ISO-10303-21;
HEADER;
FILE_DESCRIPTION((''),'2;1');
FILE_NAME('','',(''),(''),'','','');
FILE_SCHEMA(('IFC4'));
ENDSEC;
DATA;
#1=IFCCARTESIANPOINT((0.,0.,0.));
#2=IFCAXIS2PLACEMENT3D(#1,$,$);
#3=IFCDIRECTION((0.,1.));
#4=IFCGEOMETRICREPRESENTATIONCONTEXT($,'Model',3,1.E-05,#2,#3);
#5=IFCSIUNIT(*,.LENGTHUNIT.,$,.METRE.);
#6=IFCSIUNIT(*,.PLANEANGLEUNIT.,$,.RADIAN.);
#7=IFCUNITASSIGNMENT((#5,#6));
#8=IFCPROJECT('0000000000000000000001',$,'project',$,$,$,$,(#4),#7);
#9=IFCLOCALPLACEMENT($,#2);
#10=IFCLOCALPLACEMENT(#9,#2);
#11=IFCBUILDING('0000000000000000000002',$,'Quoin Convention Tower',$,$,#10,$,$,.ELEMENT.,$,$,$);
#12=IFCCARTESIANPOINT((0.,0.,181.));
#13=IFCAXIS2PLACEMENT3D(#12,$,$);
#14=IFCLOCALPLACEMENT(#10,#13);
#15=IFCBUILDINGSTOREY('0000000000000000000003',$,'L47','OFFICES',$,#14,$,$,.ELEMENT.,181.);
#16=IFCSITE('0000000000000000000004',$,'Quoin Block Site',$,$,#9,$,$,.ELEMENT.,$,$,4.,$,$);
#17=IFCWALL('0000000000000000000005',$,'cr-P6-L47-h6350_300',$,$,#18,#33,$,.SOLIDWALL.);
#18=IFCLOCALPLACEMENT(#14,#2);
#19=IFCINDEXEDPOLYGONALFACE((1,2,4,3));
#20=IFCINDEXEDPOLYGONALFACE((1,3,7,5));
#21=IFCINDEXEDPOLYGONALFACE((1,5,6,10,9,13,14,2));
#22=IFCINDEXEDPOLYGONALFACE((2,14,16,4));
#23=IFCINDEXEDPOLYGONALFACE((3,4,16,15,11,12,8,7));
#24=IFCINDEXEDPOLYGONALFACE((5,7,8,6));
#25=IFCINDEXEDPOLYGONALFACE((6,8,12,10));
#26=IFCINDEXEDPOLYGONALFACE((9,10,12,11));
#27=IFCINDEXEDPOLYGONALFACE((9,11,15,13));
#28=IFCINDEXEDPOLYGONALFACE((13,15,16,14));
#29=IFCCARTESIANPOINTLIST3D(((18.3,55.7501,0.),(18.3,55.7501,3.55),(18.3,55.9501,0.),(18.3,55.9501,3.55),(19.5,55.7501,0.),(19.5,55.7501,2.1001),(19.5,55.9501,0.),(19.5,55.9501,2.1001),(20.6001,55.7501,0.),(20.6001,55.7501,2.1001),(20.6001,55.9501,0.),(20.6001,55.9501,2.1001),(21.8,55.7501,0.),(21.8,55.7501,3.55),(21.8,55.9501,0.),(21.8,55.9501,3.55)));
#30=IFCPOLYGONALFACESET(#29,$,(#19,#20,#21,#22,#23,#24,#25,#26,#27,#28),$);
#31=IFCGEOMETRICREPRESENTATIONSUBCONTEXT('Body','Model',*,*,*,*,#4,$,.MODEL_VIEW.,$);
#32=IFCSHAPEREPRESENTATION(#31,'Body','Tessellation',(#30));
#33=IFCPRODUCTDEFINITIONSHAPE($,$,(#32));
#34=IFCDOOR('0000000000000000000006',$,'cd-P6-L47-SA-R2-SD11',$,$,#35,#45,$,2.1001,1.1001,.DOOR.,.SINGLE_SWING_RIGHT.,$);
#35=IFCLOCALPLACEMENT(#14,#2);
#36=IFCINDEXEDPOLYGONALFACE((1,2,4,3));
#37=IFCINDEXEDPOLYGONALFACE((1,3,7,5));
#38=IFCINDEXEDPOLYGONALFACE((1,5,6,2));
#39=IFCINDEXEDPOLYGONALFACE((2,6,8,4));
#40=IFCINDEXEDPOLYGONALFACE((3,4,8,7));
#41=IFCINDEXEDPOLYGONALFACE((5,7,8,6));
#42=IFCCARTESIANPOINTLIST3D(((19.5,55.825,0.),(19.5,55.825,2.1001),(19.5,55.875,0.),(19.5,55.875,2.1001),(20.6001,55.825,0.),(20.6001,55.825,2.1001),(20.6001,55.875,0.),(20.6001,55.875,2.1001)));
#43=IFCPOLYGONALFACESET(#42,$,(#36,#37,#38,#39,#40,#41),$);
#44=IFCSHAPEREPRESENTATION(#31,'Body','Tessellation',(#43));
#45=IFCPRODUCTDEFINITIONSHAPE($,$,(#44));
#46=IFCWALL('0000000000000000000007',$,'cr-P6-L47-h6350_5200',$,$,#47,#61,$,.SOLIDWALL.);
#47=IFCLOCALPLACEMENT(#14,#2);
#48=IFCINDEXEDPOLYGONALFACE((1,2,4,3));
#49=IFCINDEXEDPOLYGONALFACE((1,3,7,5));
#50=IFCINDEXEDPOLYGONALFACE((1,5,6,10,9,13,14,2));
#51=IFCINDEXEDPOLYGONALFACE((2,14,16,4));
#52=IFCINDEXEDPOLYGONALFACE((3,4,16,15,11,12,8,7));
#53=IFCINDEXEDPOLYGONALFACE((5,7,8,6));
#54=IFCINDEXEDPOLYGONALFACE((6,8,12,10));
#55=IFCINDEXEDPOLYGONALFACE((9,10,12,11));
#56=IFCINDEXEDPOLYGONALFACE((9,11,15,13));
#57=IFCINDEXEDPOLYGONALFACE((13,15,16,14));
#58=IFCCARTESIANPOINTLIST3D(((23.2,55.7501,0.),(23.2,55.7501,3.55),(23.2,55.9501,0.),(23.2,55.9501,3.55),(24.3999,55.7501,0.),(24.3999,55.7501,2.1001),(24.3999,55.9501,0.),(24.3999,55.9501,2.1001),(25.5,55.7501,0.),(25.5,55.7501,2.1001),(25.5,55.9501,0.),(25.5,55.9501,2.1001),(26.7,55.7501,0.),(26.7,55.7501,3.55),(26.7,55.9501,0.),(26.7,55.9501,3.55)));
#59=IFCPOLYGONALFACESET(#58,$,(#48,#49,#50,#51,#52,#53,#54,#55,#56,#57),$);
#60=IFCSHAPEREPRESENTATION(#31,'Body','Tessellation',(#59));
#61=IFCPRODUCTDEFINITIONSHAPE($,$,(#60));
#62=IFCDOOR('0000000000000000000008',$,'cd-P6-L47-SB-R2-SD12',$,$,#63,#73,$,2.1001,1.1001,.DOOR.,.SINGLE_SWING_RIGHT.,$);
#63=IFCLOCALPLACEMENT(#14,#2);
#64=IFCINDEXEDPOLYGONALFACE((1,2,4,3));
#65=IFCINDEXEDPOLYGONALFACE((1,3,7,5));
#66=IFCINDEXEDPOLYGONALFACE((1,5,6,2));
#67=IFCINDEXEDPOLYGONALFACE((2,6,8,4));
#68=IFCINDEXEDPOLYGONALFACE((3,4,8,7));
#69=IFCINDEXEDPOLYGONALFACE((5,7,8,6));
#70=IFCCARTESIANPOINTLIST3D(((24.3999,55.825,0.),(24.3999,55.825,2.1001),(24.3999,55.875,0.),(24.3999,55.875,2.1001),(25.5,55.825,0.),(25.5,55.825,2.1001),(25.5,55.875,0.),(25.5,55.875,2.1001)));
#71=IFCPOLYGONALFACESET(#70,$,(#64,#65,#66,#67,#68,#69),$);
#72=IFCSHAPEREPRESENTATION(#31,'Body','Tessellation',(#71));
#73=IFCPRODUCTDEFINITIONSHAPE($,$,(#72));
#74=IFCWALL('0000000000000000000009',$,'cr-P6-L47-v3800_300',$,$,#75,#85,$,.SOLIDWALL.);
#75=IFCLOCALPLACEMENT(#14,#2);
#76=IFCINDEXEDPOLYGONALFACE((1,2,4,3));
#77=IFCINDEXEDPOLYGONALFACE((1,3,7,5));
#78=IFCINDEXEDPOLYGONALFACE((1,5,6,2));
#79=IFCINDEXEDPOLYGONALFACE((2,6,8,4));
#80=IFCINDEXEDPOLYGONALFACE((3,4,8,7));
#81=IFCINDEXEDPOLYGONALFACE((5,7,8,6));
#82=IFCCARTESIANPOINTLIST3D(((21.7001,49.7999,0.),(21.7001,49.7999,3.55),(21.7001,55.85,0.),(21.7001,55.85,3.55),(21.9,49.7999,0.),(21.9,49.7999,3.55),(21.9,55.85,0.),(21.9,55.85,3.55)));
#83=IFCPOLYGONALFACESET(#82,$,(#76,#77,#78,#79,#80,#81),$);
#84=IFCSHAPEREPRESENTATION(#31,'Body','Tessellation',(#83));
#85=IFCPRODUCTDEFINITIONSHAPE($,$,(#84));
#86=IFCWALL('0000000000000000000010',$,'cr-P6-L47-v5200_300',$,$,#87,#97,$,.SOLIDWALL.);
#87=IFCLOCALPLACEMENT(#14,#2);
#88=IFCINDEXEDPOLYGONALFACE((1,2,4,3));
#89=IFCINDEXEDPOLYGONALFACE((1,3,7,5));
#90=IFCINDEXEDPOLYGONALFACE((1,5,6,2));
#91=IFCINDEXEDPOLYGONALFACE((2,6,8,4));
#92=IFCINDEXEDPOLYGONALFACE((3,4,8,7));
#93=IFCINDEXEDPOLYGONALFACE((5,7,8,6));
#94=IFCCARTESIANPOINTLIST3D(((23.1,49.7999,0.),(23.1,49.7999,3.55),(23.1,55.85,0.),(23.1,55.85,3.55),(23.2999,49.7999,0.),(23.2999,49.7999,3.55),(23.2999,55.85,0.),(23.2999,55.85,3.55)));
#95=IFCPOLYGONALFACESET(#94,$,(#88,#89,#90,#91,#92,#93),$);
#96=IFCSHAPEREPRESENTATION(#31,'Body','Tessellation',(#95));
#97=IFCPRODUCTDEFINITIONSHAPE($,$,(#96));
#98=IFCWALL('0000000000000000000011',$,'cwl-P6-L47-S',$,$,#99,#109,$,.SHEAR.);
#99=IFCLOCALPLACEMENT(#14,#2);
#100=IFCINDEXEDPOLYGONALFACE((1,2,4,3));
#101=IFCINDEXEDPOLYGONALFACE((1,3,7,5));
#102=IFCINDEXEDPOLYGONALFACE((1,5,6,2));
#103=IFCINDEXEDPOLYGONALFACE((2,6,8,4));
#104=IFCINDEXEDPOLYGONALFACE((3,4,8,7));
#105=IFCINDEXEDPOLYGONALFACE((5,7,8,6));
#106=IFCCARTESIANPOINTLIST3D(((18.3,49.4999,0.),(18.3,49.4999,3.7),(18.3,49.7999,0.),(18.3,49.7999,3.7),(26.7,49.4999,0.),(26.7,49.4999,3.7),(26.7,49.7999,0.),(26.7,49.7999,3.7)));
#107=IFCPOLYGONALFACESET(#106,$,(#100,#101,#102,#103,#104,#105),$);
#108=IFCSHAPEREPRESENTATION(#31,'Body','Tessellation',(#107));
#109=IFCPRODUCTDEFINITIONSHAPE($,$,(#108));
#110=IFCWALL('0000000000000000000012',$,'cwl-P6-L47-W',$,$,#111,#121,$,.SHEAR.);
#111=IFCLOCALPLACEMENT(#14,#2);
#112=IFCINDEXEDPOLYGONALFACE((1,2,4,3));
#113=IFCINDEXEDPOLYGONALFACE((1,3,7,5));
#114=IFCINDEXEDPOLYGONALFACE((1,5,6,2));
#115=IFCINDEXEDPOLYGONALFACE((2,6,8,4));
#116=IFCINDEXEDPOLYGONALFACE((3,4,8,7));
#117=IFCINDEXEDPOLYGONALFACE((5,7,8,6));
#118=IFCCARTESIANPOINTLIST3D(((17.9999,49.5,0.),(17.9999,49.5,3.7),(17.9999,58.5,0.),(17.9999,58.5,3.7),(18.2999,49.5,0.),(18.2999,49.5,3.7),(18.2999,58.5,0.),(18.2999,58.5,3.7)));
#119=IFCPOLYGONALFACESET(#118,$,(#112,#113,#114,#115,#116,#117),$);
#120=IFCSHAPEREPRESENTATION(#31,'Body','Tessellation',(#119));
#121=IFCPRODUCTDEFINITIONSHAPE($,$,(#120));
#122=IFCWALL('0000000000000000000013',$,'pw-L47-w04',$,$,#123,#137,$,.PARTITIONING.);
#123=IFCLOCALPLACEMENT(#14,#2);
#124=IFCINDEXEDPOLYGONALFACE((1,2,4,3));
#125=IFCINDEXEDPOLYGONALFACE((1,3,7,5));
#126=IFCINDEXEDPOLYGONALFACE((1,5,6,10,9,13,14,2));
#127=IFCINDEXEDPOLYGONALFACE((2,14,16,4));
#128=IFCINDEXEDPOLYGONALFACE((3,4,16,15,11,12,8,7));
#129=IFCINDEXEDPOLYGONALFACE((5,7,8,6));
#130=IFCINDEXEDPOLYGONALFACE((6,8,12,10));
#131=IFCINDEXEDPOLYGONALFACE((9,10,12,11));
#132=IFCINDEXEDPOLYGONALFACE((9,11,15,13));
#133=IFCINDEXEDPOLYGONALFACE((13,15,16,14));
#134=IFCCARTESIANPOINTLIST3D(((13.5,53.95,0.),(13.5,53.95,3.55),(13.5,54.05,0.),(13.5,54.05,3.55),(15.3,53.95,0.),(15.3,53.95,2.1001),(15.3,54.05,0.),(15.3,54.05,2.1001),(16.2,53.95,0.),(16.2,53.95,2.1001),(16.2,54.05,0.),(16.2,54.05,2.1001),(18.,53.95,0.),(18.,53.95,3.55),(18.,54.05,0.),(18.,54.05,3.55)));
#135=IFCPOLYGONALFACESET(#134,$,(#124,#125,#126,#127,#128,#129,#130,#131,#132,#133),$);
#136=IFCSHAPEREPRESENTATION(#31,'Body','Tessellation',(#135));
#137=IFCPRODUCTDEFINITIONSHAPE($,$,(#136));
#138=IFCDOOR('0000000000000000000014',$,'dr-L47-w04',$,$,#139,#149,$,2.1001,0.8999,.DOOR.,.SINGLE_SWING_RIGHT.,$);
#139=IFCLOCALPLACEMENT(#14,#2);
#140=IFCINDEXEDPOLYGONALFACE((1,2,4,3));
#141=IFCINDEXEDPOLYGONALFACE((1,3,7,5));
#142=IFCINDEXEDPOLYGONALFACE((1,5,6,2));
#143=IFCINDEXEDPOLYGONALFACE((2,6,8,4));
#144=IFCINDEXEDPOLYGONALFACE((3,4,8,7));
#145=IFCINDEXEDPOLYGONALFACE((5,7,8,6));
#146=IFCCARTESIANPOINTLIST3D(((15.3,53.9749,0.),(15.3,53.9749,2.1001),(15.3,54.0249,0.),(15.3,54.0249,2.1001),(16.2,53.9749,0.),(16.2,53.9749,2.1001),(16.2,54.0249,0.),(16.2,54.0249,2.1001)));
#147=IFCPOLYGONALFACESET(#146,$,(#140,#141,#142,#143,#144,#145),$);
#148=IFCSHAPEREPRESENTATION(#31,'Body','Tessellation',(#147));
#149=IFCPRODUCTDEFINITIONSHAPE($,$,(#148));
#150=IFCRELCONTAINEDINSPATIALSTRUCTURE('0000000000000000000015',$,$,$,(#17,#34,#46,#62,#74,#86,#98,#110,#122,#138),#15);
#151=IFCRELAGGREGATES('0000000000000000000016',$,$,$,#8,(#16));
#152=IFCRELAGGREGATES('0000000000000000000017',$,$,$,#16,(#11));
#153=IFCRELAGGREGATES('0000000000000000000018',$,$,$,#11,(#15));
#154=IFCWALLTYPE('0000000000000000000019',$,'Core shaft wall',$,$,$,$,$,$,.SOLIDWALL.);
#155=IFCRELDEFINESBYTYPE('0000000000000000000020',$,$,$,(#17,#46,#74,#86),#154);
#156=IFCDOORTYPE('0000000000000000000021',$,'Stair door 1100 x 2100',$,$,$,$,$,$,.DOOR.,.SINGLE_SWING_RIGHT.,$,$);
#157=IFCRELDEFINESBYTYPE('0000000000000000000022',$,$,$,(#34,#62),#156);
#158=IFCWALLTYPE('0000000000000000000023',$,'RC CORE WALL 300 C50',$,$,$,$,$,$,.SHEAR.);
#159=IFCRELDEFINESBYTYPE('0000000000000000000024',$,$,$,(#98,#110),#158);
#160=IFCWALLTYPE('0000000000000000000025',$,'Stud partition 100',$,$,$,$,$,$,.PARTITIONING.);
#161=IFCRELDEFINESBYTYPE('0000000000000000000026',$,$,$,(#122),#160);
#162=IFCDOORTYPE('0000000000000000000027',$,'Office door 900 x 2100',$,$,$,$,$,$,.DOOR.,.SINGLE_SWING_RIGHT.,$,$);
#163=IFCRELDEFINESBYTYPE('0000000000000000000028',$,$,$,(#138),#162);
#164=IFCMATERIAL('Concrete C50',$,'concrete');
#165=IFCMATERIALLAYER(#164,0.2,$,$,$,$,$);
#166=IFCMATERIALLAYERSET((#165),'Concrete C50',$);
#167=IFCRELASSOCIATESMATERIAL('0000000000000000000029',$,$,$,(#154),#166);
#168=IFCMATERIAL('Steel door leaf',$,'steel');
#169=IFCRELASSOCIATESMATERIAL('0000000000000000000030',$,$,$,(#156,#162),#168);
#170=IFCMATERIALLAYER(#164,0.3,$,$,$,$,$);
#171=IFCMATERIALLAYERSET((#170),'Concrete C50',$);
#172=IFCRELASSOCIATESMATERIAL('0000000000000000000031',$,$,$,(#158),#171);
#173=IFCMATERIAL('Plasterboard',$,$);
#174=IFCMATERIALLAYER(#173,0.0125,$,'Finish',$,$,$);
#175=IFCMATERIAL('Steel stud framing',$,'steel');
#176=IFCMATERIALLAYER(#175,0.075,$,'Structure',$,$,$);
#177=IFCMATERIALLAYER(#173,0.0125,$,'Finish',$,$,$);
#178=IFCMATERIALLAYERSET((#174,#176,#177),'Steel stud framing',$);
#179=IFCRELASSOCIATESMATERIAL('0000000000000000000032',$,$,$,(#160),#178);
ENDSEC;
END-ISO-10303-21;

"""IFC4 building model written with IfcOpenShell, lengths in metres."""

from ifc_helpers import new_model, si_unit, direction, frame, frame_2d, origin, place, context, subcontext, project, spatial, rectangle, extrude, material, layer, layer_set, type_object, element, fill, save


model = new_model("IFC4")

# Units and contexts
model_context = context("Model", 3, precision=1e-05, world=origin(), true_north=direction((0.0, 1.0)))
body_context = subcontext(model_context, "Body", "Model", "MODEL_VIEW")
ifc_project = project(units=[si_unit("LENGTHUNIT", "METRE"), si_unit("PLANEANGLEUNIT", "RADIAN")], contexts=[model_context])

# Site, building, storey
site_placement = place(None, origin())
site = spatial("IfcSite", under=ifc_project, at=site_placement, Name="Quoin Block Site", CompositionType="ELEMENT", RefElevation=4.0)
building_placement = place(site_placement, origin())
building = spatial("IfcBuilding", under=site, at=building_placement, Name="Quoin Convention Tower", CompositionType="ELEMENT")
storey_placement = place(building_placement, frame((0.0, 0.0, 181.0)))
storey = spatial("IfcBuildingStorey", under=building, at=storey_placement, Name="L47", Description="OFFICES", CompositionType="ELEMENT", Elevation=181.0)

# Shared definitions
ifc_material_1 = material(Name="Concrete C50", Category="concrete")

# Shared definitions
ifc_layer_1 = layer(ifc_material_1, 0.2)
ifc_layer_set_1 = layer_set([ifc_layer_1], Name="Concrete C50")
wall_type_1 = type_object("IfcWallType", Name="Core shaft wall", PredefinedType="SOLIDWALL", material=ifc_layer_set_1)

# Walls, openings, doors
wall_1_placement = place(storey_placement, frame((18.3, 55.8501, 0.0), z_axis=(0.0, 0.0, 1.0), x_axis=(1.0, 0.0, 0.0)))
wall_1 = element("IfcWall", 1, at=wall_1_placement, inside=storey, type_object=wall_type_1, Name="cr-P6-L47-h6350_300", PredefinedType="SOLIDWALL", context=body_context, shape_type="SweptSolid", body=[
    extrude(rectangle(XDim=3.5, YDim=0.2, at=frame_2d((1.75, 0.0))), origin(), (0.0, 0.0, 1.0), 3.55),
])
opening_1_placement = place(wall_1_placement, frame((1.2, 0.0, 0.0)))
opening_1 = element("IfcOpeningElement", 2, at=opening_1_placement, cuts=wall_1, PredefinedType="OPENING", context=body_context, shape_type="SweptSolid", body=[
    extrude(rectangle(XDim=1.1001, YDim=2.1001, at=frame_2d((0.55, 1.05))), frame((0.0, 0.1099, 0.0), z_axis=(0.0, -1.0, 0.0), x_axis=(1.0, 0.0, 0.0)), (0.0, 0.0, 1.0), 0.22),
])
ifc_material_2 = material(Name="Steel door leaf", Category="steel")
door_type_1 = type_object("IfcDoorType", Name="Stair door 1100 x 2100", OperationType="SINGLE_SWING_RIGHT", PredefinedType="DOOR", material=ifc_material_2)
door_1_placement = place(opening_1_placement, origin())
door_1 = element("IfcDoor", 3, at=door_1_placement, inside=storey, type_object=door_type_1, Name="cd-P6-L47-SA-R2-SD11", OperationType="SINGLE_SWING_RIGHT", OverallHeight=2.1001, OverallWidth=1.1001, PredefinedType="DOOR", context=body_context, shape_type="SweptSolid", body=[
    extrude(rectangle(XDim=1.1001, YDim=2.1001, at=frame_2d((0.55, 1.05))), frame((0.0, 0.0249, 0.0), z_axis=(0.0, -1.0, 0.0), x_axis=(1.0, 0.0, 0.0)), (0.0, 0.0, 1.0), 0.05),
])
fill(opening_1, door_1)
wall_2_placement = place(storey_placement, frame((23.2, 55.8501, 0.0), z_axis=(0.0, 0.0, 1.0), x_axis=(1.0, 0.0, 0.0)))
wall_2 = element("IfcWall", 4, at=wall_2_placement, inside=storey, type_object=wall_type_1, Name="cr-P6-L47-h6350_5200", PredefinedType="SOLIDWALL", context=body_context, shape_type="SweptSolid", body=[
    extrude(rectangle(XDim=3.5, YDim=0.2, at=frame_2d((1.75, 0.0))), origin(), (0.0, 0.0, 1.0), 3.55),
])
opening_2_placement = place(wall_2_placement, frame((1.2, 0.0, 0.0)))
opening_2 = element("IfcOpeningElement", 5, at=opening_2_placement, cuts=wall_2, PredefinedType="OPENING", context=body_context, shape_type="SweptSolid", body=[
    extrude(rectangle(XDim=1.1001, YDim=2.1001, at=frame_2d((0.55, 1.05))), frame((0.0, 0.1099, 0.0), z_axis=(0.0, -1.0, 0.0), x_axis=(1.0, 0.0, 0.0)), (0.0, 0.0, 1.0), 0.22),
])
door_2_placement = place(opening_2_placement, origin())
door_2 = element("IfcDoor", 6, at=door_2_placement, inside=storey, type_object=door_type_1, Name="cd-P6-L47-SB-R2-SD12", OperationType="SINGLE_SWING_RIGHT", OverallHeight=2.1001, OverallWidth=1.1001, PredefinedType="DOOR", context=body_context, shape_type="SweptSolid", body=[
    extrude(rectangle(XDim=1.1001, YDim=2.1001, at=frame_2d((0.55, 1.05))), frame((0.0, 0.0249, 0.0), z_axis=(0.0, -1.0, 0.0), x_axis=(1.0, 0.0, 0.0)), (0.0, 0.0, 1.0), 0.05),
])
fill(opening_2, door_2)

# Walls
for number, where, z_axis, x_axis, name in (
    (7, (21.8, 49.8, 0.0), (0.0, 0.0, 1.0), (0.0, 1.0, 0.0), "cr-P6-L47-v3800_300"),
    (8, (23.2, 49.8, 0.0), (0.0, 0.0, 1.0), (0.0, 1.0, 0.0), "cr-P6-L47-v5200_300"),
):
    element("IfcWall", number, at=place(storey_placement, frame(where, z_axis=z_axis, x_axis=x_axis)), inside=storey, type_object=wall_type_1, Name=name, PredefinedType="SOLIDWALL", context=body_context, shape_type="SweptSolid", body=[
        extrude(rectangle(XDim=6.05, YDim=0.2, at=frame_2d((3.0249, 0.0))), origin(), (0.0, 0.0, 1.0), 3.55),
    ])
ifc_layer_2 = layer(ifc_material_1, 0.3)
ifc_layer_set_2 = layer_set([ifc_layer_2], Name="Concrete C50")
wall_type_2 = type_object("IfcWallType", Name="RC CORE WALL 300 C50", PredefinedType="SHEAR", material=ifc_layer_set_2)
wall_3_placement = place(storey_placement, frame((18.3, 49.6499, 0.0), z_axis=(0.0, 0.0, 1.0), x_axis=(1.0, 0.0, 0.0)))
element("IfcWall", 9, at=wall_3_placement, inside=storey, type_object=wall_type_2, Name="cwl-P6-L47-S", PredefinedType="SHEAR", context=body_context, shape_type="SweptSolid", body=[
    extrude(rectangle(XDim=8.3999, YDim=0.3, at=frame_2d((4.2, 0.0))), origin(), (0.0, 0.0, 1.0), 3.7),
])
wall_4_placement = place(storey_placement, frame((18.1499, 49.5, 0.0), z_axis=(0.0, 0.0, 1.0), x_axis=(0.0, 1.0, 0.0)))
element("IfcWall", 10, at=wall_4_placement, inside=storey, type_object=wall_type_2, Name="cwl-P6-L47-W", PredefinedType="SHEAR", context=body_context, shape_type="SweptSolid", body=[
    extrude(rectangle(XDim=9.0, YDim=0.3, at=frame_2d((4.5, 0.0))), origin(), (0.0, 0.0, 1.0), 3.7),
])

# Wall, opening, door
ifc_material_3 = material(Name="Plasterboard")
ifc_layer_3 = layer(ifc_material_3, 0.0125, Name="Finish")
ifc_material_4 = material(Name="Steel stud framing", Category="steel")
ifc_layer_4 = layer(ifc_material_4, 0.075, Name="Structure")
ifc_layer_5 = layer(ifc_material_3, 0.0125, Name="Finish")
ifc_layer_set_3 = layer_set([ifc_layer_3, ifc_layer_4, ifc_layer_5], Name="Steel stud framing")
wall_type_3 = type_object("IfcWallType", Name="Stud partition 100", PredefinedType="PARTITIONING", material=ifc_layer_set_3)
wall_5_placement = place(storey_placement, frame((13.5, 54.0, 0.0), z_axis=(0.0, 0.0, 1.0), x_axis=(1.0, 0.0, 0.0)))
wall_5 = element("IfcWall", 11, at=wall_5_placement, inside=storey, type_object=wall_type_3, Name="pw-L47-w04", PredefinedType="PARTITIONING", context=body_context, shape_type="SweptSolid", body=[
    extrude(rectangle(XDim=4.5, YDim=0.1001, at=frame_2d((2.25, 0.0))), origin(), (0.0, 0.0, 1.0), 3.55),
])
opening_3_placement = place(wall_5_placement, frame((1.8, 0.0, 0.0)))
opening_3 = element("IfcOpeningElement", 12, at=opening_3_placement, cuts=wall_5, PredefinedType="OPENING", context=body_context, shape_type="SweptSolid", body=[
    extrude(rectangle(XDim=0.8999, YDim=2.1001, at=frame_2d((0.45, 1.05))), frame((0.0, 0.0601, 0.0), z_axis=(0.0, -1.0, 0.0), x_axis=(1.0, 0.0, 0.0)), (0.0, 0.0, 1.0), 0.1201),
])
door_type_2 = type_object("IfcDoorType", Name="Office door 900 x 2100", OperationType="SINGLE_SWING_RIGHT", PredefinedType="DOOR", material=ifc_material_2)
door_3_placement = place(opening_3_placement, origin())
door_3 = element("IfcDoor", 13, at=door_3_placement, inside=storey, type_object=door_type_2, Name="dr-L47-w04", OperationType="SINGLE_SWING_RIGHT", OverallHeight=2.1001, OverallWidth=0.8999, PredefinedType="DOOR", context=body_context, shape_type="SweptSolid", body=[
    extrude(rectangle(XDim=0.8999, YDim=2.1001, at=frame_2d((0.45, 1.05))), frame((0.0, 0.0249, 0.0), z_axis=(0.0, -1.0, 0.0), x_axis=(1.0, 0.0, 0.0)), (0.0, 0.0, 1.0), 0.05),
])
fill(opening_3, door_3)

save(model, "model.ifc")
